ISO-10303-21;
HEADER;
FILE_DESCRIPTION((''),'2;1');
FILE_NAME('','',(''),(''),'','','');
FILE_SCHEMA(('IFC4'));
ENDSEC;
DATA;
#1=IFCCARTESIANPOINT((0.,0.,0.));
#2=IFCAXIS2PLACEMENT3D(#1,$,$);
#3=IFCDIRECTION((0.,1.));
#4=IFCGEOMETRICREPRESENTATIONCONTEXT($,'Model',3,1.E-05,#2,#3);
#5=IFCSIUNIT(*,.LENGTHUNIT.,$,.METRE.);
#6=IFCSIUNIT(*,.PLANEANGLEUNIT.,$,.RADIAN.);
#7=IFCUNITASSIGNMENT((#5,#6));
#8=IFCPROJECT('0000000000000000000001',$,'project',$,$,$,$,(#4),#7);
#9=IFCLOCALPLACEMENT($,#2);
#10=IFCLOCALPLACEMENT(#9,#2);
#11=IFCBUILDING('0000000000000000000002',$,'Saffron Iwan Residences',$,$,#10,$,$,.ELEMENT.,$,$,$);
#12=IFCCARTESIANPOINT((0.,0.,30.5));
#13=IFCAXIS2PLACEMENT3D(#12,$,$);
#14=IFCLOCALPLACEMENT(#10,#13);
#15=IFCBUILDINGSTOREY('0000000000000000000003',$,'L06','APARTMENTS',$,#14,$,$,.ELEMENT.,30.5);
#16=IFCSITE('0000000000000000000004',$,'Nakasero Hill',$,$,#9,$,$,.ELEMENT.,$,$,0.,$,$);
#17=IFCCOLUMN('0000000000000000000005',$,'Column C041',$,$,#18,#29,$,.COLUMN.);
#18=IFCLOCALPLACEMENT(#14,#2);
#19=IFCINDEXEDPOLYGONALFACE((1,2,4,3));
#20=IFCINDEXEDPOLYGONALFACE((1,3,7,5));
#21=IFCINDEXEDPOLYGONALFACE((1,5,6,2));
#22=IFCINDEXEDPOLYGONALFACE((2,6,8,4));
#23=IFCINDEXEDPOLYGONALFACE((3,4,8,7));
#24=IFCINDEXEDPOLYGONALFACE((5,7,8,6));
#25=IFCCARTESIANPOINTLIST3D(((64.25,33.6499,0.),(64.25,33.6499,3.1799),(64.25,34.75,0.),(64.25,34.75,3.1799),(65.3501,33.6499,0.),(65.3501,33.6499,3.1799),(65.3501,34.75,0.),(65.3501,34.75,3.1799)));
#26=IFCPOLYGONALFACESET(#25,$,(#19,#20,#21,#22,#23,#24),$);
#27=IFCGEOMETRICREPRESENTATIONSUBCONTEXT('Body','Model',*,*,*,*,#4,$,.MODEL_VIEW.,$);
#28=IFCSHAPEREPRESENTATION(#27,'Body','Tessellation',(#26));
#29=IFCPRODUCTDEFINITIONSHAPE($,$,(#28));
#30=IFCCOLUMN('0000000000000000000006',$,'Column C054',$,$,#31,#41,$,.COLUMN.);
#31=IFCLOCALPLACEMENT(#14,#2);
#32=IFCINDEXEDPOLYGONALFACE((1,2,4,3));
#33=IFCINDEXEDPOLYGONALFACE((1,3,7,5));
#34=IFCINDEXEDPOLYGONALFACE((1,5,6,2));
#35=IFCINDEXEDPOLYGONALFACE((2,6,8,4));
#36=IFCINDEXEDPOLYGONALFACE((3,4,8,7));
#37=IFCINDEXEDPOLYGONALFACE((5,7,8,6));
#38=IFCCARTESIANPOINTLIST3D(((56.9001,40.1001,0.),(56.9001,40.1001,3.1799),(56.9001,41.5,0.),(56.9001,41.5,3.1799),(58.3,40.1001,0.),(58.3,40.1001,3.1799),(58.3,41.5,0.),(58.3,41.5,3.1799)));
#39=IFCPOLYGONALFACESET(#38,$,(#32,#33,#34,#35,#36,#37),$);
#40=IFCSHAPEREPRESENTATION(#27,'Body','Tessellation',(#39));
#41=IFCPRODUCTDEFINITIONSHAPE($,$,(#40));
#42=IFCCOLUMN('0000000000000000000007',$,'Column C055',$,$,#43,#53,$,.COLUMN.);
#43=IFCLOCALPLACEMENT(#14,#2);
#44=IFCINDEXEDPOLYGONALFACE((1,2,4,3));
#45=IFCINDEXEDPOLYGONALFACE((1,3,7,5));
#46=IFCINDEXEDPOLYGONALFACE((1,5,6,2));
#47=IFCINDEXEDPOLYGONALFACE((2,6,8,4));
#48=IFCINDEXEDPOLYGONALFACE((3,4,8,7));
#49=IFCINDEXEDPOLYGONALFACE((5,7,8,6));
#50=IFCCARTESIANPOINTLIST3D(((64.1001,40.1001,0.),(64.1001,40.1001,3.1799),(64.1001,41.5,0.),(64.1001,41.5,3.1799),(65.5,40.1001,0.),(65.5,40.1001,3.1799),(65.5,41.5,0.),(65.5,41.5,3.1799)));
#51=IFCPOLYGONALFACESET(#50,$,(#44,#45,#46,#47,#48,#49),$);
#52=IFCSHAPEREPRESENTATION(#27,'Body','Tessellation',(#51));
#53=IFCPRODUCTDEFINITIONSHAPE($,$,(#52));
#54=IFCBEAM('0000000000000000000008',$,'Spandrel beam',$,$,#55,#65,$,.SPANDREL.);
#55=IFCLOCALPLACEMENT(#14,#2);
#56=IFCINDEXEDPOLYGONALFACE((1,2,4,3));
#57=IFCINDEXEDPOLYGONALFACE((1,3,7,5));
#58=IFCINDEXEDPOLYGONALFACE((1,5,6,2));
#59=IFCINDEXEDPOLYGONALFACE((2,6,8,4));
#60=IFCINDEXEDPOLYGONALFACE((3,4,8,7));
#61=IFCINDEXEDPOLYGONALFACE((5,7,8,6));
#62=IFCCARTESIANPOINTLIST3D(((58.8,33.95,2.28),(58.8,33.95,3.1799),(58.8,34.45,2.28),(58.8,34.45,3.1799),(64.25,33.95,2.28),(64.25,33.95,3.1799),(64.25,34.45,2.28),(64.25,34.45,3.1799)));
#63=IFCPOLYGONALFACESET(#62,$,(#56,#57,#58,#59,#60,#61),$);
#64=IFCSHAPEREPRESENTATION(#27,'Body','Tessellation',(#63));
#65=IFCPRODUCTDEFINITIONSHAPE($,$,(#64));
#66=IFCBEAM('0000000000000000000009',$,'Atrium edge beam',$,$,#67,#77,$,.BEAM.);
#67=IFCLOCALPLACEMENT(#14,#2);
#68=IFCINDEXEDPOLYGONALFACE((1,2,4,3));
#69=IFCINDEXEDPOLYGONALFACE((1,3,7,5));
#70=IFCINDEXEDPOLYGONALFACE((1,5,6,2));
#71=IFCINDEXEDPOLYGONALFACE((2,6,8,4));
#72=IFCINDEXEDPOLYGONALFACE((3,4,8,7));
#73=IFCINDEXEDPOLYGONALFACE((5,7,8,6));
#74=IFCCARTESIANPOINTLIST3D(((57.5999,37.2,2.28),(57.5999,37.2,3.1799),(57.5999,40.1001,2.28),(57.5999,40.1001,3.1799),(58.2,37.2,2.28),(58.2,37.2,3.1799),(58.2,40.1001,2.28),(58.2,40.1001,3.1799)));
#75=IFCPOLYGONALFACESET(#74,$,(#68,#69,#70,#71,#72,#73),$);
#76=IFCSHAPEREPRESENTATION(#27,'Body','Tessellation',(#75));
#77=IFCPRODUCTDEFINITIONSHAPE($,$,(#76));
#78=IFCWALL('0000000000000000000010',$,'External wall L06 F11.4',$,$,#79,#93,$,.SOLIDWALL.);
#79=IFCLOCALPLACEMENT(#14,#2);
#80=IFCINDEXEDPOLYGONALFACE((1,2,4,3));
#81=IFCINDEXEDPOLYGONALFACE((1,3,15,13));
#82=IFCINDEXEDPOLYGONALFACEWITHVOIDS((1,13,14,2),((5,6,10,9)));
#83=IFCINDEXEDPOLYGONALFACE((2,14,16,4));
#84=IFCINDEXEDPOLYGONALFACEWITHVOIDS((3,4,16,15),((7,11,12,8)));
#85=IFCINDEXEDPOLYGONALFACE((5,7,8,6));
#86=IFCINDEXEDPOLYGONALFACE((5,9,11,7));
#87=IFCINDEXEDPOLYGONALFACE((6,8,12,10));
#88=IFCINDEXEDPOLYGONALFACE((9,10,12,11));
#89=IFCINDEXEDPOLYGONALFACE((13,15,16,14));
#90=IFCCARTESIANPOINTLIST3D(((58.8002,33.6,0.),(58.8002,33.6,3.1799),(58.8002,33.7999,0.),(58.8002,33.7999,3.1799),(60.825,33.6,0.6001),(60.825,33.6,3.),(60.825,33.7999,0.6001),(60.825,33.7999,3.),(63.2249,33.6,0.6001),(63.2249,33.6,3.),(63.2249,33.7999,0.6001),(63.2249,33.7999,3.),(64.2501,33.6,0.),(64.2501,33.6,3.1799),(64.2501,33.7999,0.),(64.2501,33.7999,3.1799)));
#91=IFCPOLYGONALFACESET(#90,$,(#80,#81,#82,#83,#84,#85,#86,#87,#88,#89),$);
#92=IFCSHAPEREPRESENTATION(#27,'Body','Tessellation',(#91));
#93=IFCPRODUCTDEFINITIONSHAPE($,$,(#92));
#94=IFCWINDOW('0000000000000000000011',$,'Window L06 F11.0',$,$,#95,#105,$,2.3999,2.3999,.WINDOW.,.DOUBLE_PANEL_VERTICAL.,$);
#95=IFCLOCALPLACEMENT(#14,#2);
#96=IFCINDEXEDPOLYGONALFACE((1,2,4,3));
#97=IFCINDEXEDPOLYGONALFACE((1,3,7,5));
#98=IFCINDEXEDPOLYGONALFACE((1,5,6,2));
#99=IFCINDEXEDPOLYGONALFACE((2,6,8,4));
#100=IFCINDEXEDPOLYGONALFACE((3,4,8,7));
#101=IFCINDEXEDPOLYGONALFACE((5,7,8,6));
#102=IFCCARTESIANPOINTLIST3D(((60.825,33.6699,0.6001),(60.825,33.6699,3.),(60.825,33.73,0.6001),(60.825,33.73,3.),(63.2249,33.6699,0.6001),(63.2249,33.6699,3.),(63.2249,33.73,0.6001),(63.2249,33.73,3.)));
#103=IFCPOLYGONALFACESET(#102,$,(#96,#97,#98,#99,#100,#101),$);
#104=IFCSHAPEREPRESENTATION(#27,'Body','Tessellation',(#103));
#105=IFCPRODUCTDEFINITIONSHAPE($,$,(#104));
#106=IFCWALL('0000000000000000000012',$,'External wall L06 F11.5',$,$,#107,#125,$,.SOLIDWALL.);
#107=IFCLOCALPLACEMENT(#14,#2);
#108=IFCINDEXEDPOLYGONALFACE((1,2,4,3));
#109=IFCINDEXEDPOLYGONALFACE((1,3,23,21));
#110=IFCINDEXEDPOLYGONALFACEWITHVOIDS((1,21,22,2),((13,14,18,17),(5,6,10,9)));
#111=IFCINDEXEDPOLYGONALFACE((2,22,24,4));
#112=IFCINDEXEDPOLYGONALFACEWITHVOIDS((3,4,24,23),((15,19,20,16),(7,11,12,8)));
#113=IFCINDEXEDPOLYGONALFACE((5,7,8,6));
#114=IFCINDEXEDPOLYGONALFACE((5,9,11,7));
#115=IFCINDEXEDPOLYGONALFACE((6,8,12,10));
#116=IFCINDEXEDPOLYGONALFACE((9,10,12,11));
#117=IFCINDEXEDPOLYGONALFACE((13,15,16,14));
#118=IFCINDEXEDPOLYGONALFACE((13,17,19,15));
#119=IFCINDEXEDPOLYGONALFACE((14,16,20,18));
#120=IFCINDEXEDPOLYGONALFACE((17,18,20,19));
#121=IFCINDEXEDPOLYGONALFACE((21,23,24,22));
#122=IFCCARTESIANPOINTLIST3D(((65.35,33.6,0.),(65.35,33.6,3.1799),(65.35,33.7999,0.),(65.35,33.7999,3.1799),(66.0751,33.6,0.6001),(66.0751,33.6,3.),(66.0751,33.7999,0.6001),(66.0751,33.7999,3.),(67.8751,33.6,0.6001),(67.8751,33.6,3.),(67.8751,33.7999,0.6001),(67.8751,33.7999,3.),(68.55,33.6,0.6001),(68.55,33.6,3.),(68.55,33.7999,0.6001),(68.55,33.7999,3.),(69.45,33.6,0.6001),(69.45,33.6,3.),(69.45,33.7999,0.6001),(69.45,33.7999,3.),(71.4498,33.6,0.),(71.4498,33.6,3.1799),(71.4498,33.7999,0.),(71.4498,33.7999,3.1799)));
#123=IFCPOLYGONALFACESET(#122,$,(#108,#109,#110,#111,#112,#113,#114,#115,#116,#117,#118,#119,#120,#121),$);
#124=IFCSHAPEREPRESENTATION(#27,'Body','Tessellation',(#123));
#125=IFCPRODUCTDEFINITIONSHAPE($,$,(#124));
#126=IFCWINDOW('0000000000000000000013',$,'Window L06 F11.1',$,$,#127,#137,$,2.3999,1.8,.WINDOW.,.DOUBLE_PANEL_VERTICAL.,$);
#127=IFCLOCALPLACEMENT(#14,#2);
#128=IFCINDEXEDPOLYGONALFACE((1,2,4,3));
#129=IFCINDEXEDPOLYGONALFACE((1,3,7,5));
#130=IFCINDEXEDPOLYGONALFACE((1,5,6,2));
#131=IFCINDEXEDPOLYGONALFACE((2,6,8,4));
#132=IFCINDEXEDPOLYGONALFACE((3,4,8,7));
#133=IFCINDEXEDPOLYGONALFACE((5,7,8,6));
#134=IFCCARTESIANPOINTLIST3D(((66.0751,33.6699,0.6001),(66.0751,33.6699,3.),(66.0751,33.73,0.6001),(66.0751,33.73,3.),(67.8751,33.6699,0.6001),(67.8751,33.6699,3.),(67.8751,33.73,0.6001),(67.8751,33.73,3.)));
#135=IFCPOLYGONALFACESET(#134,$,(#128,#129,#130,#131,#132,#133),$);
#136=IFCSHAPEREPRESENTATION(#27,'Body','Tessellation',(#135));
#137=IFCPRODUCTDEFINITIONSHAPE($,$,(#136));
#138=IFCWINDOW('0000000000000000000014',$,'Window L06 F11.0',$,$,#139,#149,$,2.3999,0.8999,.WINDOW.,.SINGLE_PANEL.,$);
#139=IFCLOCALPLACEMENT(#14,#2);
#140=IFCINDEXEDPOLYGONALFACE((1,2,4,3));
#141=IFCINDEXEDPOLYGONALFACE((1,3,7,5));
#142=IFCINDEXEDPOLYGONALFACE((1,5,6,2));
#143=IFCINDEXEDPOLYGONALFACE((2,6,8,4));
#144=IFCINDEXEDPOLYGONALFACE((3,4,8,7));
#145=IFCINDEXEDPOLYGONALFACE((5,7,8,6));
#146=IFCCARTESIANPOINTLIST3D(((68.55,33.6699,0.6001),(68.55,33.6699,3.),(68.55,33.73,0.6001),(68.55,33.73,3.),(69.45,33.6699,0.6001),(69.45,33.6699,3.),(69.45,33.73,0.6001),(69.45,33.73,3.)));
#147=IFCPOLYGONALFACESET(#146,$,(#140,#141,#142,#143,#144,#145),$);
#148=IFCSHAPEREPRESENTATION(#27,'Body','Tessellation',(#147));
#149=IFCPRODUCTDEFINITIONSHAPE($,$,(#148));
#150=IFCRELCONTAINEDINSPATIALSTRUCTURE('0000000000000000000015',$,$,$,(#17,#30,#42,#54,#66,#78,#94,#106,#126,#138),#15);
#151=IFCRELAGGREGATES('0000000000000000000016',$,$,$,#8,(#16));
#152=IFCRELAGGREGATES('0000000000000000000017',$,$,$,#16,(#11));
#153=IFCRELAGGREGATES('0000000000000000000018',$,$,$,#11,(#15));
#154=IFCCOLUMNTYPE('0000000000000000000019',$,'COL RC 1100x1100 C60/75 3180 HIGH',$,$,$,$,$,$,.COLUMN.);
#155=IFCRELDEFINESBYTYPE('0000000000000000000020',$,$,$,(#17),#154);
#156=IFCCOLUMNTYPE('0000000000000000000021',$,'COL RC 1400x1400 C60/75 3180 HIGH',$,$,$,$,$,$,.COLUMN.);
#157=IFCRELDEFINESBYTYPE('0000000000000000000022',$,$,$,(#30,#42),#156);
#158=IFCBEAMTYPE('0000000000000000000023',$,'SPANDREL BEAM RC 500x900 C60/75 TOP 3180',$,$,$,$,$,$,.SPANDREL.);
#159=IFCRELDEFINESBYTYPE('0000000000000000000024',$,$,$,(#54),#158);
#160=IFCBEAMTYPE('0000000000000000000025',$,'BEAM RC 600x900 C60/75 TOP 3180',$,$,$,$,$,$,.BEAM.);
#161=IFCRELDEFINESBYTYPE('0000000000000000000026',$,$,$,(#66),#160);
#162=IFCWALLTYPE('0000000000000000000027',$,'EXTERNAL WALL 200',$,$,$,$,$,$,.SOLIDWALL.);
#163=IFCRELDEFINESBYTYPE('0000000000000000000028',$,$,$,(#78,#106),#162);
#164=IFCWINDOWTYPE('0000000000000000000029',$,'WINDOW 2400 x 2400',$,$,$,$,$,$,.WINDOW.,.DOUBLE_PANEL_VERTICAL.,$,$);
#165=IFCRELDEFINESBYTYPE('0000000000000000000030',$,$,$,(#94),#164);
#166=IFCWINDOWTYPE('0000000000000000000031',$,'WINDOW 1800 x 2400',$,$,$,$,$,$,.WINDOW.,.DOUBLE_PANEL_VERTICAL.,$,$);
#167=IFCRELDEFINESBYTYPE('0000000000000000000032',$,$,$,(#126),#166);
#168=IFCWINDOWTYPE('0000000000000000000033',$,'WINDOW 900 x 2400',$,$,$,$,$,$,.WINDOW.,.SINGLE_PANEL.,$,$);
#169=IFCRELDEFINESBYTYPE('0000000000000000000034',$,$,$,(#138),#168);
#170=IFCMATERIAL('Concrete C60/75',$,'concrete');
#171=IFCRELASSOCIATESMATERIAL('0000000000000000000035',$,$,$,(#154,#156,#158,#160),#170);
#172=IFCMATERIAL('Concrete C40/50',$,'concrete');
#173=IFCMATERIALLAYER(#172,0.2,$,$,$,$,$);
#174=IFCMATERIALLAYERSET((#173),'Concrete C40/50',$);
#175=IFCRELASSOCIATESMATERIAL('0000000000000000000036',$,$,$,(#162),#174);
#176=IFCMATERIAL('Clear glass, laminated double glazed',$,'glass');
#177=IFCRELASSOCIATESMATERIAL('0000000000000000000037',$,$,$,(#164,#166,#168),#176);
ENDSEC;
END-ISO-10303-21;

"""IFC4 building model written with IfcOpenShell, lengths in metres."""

from ifc_helpers import new_model, si_unit, direction, frame, frame_2d, origin, origin_2d, place, context, subcontext, project, spatial, rectangle, extrude, source, transform, mapped, material, layer, layer_set, material_profile, profile_set, type_object, element, fill, save


model = new_model("IFC4")

# Units and contexts
model_context = context("Model", 3, precision=1e-05, world=origin(), true_north=direction((0.0, 1.0)))
body_context = subcontext(model_context, "Body", "Model", "MODEL_VIEW")
ifc_project = project(units=[si_unit("LENGTHUNIT", "METRE"), si_unit("PLANEANGLEUNIT", "RADIAN")], contexts=[model_context])

# Site, building, storey
site_placement = place(None, origin())
site = spatial("IfcSite", under=ifc_project, at=site_placement, Name="Nakasero Hill", CompositionType="ELEMENT", RefElevation=0.0)
building_placement = place(site_placement, origin())
building = spatial("IfcBuilding", under=site, at=building_placement, Name="Saffron Iwan Residences", CompositionType="ELEMENT")
storey_placement = place(building_placement, frame((0.0, 0.0, 30.5)))
storey = spatial("IfcBuildingStorey", under=building, at=storey_placement, Name="L06", Description="APARTMENTS", CompositionType="ELEMENT", Elevation=30.5)

# Columns
ifc_material_1 = material(Name="Concrete C60/75", Category="concrete")
ifc_material_profile_1 = material_profile(ifc_material_1, rectangle(XDim=1.1001, YDim=1.1001, at=origin_2d()), Name="RC 1100x1100")
ifc_profile_set_1 = profile_set([ifc_material_profile_1], Name="Concrete C60/75")
column_type_1 = type_object("IfcColumnType", Name="COL RC 1100x1100 C60/75 3180 HIGH", PredefinedType="COLUMN", material=ifc_profile_set_1)
shared_shape_1 = source(origin(), body_context, "Body", "SweptSolid", [
    extrude(rectangle(XDim=1.1001, YDim=1.1001, at=origin_2d()), origin(), (0.0, 0.0, 1.0), 3.1799),
])
column_placement = place(storey_placement, frame((64.8, 34.2, 0.0), z_axis=(0.0, 0.0, 1.0), x_axis=(1.0, 0.0, 0.0)))
element("IfcColumn", 1, at=column_placement, inside=storey, type_object=column_type_1, Name="Column C041", PredefinedType="COLUMN", context=body_context, shape_type="MappedRepresentation", body=[
    mapped(shared_shape_1, transform((0.0, 0.0, 0.0))),
])
ifc_material_profile_2 = material_profile(ifc_material_1, rectangle(XDim=1.3999, YDim=1.3999, at=origin_2d()), Name="RC 1400x1400")
ifc_profile_set_2 = profile_set([ifc_material_profile_2], Name="Concrete C60/75")
column_type_2 = type_object("IfcColumnType", Name="COL RC 1400x1400 C60/75 3180 HIGH", PredefinedType="COLUMN", material=ifc_profile_set_2)
shared_shape_2 = source(origin(), body_context, "Body", "SweptSolid", [
    extrude(rectangle(XDim=1.3999, YDim=1.3999, at=origin_2d()), origin(), (0.0, 0.0, 1.0), 3.1799),
])
for number, where, z_axis, x_axis, name in (
    (2, (57.6001, 40.8, 0.0), (0.0, 0.0, 1.0), (1.0, 0.0, 0.0), "Column C054"),
    (3, (64.8, 40.8, 0.0), (0.0, 0.0, 1.0), (1.0, 0.0, 0.0), "Column C055"),
):
    element("IfcColumn", number, at=place(storey_placement, frame(where, z_axis=z_axis, x_axis=x_axis)), inside=storey, type_object=column_type_2, Name=name, PredefinedType="COLUMN", context=body_context, shape_type="MappedRepresentation", body=[
        mapped(shared_shape_2, transform((0.0, 0.0, 0.0))),
    ])

# Beams
ifc_material_profile_3 = material_profile(ifc_material_1, rectangle(XDim=0.5, YDim=0.8999, at=origin_2d()), Name="RC 500x900")
ifc_profile_set_3 = profile_set([ifc_material_profile_3], Name="Concrete C60/75")
beam_type_1 = type_object("IfcBeamType", Name="SPANDREL BEAM RC 500x900 C60/75 TOP 3180", PredefinedType="SPANDREL", material=ifc_profile_set_3)
shared_shape_3 = source(origin(), body_context, "Body", "SweptSolid", [
    extrude(rectangle(XDim=0.5, YDim=0.8999, at=origin_2d()), origin(), (0.0, 0.0, 1.0), 5.45),
])
beam_1_placement = place(storey_placement, frame((64.25, 34.2, 2.73), z_axis=(-1.0, 0.0, 0.0), x_axis=(0.0, -1.0, 0.0)))
element("IfcBeam", 4, at=beam_1_placement, inside=storey, type_object=beam_type_1, Name="Spandrel beam", PredefinedType="SPANDREL", context=body_context, shape_type="MappedRepresentation", body=[
    mapped(shared_shape_3, transform((0.0, 0.0, 0.0))),
])
ifc_material_profile_4 = material_profile(ifc_material_1, rectangle(XDim=0.6001, YDim=0.8999, at=origin_2d()), Name="RC 600x900")
ifc_profile_set_4 = profile_set([ifc_material_profile_4], Name="Concrete C60/75")
beam_type_2 = type_object("IfcBeamType", Name="BEAM RC 600x900 C60/75 TOP 3180", PredefinedType="BEAM", material=ifc_profile_set_4)
shared_shape_4 = source(origin(), body_context, "Body", "SweptSolid", [
    extrude(rectangle(XDim=0.6001, YDim=0.8999, at=origin_2d()), origin(), (0.0, 0.0, 1.0), 2.9001),
])
beam_2_placement = place(storey_placement, frame((57.8999, 40.1001, 2.73), z_axis=(0.0, -1.0, 0.0), x_axis=(1.0, 0.0, 0.0)))
element("IfcBeam", 5, at=beam_2_placement, inside=storey, type_object=beam_type_2, Name="Atrium edge beam", PredefinedType="BEAM", context=body_context, shape_type="MappedRepresentation", body=[
    mapped(shared_shape_4, transform((0.0, 0.0, 0.0))),
])

# Wall, opening, window
ifc_material_2 = material(Name="Concrete C40/50", Category="concrete")
ifc_layer_1 = layer(ifc_material_2, 0.2)
ifc_layer_set_1 = layer_set([ifc_layer_1], Name="Concrete C40/50")
wall_type_1 = type_object("IfcWallType", Name="EXTERNAL WALL 200", PredefinedType="SOLIDWALL", material=ifc_layer_set_1)
wall_1_placement = place(storey_placement, frame((58.8, 33.7, 0.0), z_axis=(0.0, 0.0, 1.0), x_axis=(1.0, 0.0, 0.0)))
wall_1 = element("IfcWall", 6, at=wall_1_placement, inside=storey, type_object=wall_type_1, Name="External wall L06 F11.4", PredefinedType="SOLIDWALL", context=body_context, shape_type="SweptSolid", body=[
    extrude(rectangle(XDim=5.45, YDim=0.2, at=frame_2d((2.7251, 0.0))), origin(), (0.0, 0.0, 1.0), 3.1799),
])
opening_1_placement = place(wall_1_placement, frame((2.0249, 0.0, 0.6001)))
opening_1 = element("IfcOpeningElement", 7, at=opening_1_placement, cuts=wall_1, PredefinedType="OPENING", context=body_context, shape_type="SweptSolid", body=[
    extrude(rectangle(XDim=2.3999, YDim=2.3999, at=frame_2d((1.2, 1.2))), frame((0.0, 0.1099, 0.0), z_axis=(0.0, -1.0, 0.0), x_axis=(1.0, 0.0, 0.0)), (0.0, 0.0, 1.0), 0.22),
])
ifc_material_3 = material(Name="Clear glass, laminated double glazed", Category="glass")
window_type_1 = type_object("IfcWindowType", Name="WINDOW 2400 x 2400", PartitioningType="DOUBLE_PANEL_VERTICAL", PredefinedType="WINDOW", material=ifc_material_3)
window_1_placement = place(opening_1_placement, origin())
window_1 = element("IfcWindow", 8, at=window_1_placement, inside=storey, type_object=window_type_1, Name="Window L06 F11.0", OverallHeight=2.3999, OverallWidth=2.3999, PartitioningType="DOUBLE_PANEL_VERTICAL", PredefinedType="WINDOW", context=body_context, shape_type="SweptSolid", body=[
    extrude(rectangle(XDim=2.3999, YDim=2.3999, at=frame_2d((1.2, 1.2))), frame((0.0, 0.03, 0.0), z_axis=(0.0, -1.0, 0.0), x_axis=(1.0, 0.0, 0.0)), (0.0, 0.0, 1.0), 0.0601),
])
fill(opening_1, window_1)

# Wall, openings, windows
wall_2_placement = place(storey_placement, frame((65.3501, 33.7, 0.0), z_axis=(0.0, 0.0, 1.0), x_axis=(1.0, 0.0, 0.0)))
wall_2 = element("IfcWall", 9, at=wall_2_placement, inside=storey, type_object=wall_type_1, Name="External wall L06 F11.5", PredefinedType="SOLIDWALL", context=body_context, shape_type="SweptSolid", body=[
    extrude(rectangle(XDim=6.0999, YDim=0.2, at=frame_2d((3.0498, 0.0))), origin(), (0.0, 0.0, 1.0), 3.1799),
])
opening_2_placement = place(wall_2_placement, frame((3.2, 0.0, 0.6001)))
opening_2 = element("IfcOpeningElement", 10, at=opening_2_placement, cuts=wall_2, PredefinedType="OPENING", context=body_context, shape_type="SweptSolid", body=[
    extrude(rectangle(XDim=0.8999, YDim=2.3999, at=frame_2d((0.45, 1.2))), frame((0.0, 0.1099, 0.0), z_axis=(0.0, -1.0, 0.0), x_axis=(1.0, 0.0, 0.0)), (0.0, 0.0, 1.0), 0.22),
])
opening_3_placement = place(wall_2_placement, frame((0.7251, 0.0, 0.6001)))
opening_3 = element("IfcOpeningElement", 11, at=opening_3_placement, cuts=wall_2, PredefinedType="OPENING", context=body_context, shape_type="SweptSolid", body=[
    extrude(rectangle(XDim=1.8, YDim=2.3999, at=frame_2d((0.8999, 1.2))), frame((0.0, 0.1099, 0.0), z_axis=(0.0, -1.0, 0.0), x_axis=(1.0, 0.0, 0.0)), (0.0, 0.0, 1.0), 0.22),
])
window_type_2 = type_object("IfcWindowType", Name="WINDOW 1800 x 2400", PartitioningType="DOUBLE_PANEL_VERTICAL", PredefinedType="WINDOW", material=ifc_material_3)
window_2_placement = place(opening_3_placement, origin())
window_2 = element("IfcWindow", 12, at=window_2_placement, inside=storey, type_object=window_type_2, Name="Window L06 F11.1", OverallHeight=2.3999, OverallWidth=1.8, PartitioningType="DOUBLE_PANEL_VERTICAL", PredefinedType="WINDOW", context=body_context, shape_type="SweptSolid", body=[
    extrude(rectangle(XDim=1.8, YDim=2.3999, at=frame_2d((0.8999, 1.2))), frame((0.0, 0.03, 0.0), z_axis=(0.0, -1.0, 0.0), x_axis=(1.0, 0.0, 0.0)), (0.0, 0.0, 1.0), 0.0601),
])
fill(opening_3, window_2)
window_type_3 = type_object("IfcWindowType", Name="WINDOW 900 x 2400", PartitioningType="SINGLE_PANEL", PredefinedType="WINDOW", material=ifc_material_3)
window_3_placement = place(opening_2_placement, origin())
window_3 = element("IfcWindow", 13, at=window_3_placement, inside=storey, type_object=window_type_3, Name="Window L06 F11.0", OverallHeight=2.3999, OverallWidth=0.8999, PartitioningType="SINGLE_PANEL", PredefinedType="WINDOW", context=body_context, shape_type="SweptSolid", body=[
    extrude(rectangle(XDim=0.8999, YDim=2.3999, at=frame_2d((0.45, 1.2))), frame((0.0, 0.03, 0.0), z_axis=(0.0, -1.0, 0.0), x_axis=(1.0, 0.0, 0.0)), (0.0, 0.0, 1.0), 0.0601),
])
fill(opening_2, window_3)

save(model, "model.ifc")
